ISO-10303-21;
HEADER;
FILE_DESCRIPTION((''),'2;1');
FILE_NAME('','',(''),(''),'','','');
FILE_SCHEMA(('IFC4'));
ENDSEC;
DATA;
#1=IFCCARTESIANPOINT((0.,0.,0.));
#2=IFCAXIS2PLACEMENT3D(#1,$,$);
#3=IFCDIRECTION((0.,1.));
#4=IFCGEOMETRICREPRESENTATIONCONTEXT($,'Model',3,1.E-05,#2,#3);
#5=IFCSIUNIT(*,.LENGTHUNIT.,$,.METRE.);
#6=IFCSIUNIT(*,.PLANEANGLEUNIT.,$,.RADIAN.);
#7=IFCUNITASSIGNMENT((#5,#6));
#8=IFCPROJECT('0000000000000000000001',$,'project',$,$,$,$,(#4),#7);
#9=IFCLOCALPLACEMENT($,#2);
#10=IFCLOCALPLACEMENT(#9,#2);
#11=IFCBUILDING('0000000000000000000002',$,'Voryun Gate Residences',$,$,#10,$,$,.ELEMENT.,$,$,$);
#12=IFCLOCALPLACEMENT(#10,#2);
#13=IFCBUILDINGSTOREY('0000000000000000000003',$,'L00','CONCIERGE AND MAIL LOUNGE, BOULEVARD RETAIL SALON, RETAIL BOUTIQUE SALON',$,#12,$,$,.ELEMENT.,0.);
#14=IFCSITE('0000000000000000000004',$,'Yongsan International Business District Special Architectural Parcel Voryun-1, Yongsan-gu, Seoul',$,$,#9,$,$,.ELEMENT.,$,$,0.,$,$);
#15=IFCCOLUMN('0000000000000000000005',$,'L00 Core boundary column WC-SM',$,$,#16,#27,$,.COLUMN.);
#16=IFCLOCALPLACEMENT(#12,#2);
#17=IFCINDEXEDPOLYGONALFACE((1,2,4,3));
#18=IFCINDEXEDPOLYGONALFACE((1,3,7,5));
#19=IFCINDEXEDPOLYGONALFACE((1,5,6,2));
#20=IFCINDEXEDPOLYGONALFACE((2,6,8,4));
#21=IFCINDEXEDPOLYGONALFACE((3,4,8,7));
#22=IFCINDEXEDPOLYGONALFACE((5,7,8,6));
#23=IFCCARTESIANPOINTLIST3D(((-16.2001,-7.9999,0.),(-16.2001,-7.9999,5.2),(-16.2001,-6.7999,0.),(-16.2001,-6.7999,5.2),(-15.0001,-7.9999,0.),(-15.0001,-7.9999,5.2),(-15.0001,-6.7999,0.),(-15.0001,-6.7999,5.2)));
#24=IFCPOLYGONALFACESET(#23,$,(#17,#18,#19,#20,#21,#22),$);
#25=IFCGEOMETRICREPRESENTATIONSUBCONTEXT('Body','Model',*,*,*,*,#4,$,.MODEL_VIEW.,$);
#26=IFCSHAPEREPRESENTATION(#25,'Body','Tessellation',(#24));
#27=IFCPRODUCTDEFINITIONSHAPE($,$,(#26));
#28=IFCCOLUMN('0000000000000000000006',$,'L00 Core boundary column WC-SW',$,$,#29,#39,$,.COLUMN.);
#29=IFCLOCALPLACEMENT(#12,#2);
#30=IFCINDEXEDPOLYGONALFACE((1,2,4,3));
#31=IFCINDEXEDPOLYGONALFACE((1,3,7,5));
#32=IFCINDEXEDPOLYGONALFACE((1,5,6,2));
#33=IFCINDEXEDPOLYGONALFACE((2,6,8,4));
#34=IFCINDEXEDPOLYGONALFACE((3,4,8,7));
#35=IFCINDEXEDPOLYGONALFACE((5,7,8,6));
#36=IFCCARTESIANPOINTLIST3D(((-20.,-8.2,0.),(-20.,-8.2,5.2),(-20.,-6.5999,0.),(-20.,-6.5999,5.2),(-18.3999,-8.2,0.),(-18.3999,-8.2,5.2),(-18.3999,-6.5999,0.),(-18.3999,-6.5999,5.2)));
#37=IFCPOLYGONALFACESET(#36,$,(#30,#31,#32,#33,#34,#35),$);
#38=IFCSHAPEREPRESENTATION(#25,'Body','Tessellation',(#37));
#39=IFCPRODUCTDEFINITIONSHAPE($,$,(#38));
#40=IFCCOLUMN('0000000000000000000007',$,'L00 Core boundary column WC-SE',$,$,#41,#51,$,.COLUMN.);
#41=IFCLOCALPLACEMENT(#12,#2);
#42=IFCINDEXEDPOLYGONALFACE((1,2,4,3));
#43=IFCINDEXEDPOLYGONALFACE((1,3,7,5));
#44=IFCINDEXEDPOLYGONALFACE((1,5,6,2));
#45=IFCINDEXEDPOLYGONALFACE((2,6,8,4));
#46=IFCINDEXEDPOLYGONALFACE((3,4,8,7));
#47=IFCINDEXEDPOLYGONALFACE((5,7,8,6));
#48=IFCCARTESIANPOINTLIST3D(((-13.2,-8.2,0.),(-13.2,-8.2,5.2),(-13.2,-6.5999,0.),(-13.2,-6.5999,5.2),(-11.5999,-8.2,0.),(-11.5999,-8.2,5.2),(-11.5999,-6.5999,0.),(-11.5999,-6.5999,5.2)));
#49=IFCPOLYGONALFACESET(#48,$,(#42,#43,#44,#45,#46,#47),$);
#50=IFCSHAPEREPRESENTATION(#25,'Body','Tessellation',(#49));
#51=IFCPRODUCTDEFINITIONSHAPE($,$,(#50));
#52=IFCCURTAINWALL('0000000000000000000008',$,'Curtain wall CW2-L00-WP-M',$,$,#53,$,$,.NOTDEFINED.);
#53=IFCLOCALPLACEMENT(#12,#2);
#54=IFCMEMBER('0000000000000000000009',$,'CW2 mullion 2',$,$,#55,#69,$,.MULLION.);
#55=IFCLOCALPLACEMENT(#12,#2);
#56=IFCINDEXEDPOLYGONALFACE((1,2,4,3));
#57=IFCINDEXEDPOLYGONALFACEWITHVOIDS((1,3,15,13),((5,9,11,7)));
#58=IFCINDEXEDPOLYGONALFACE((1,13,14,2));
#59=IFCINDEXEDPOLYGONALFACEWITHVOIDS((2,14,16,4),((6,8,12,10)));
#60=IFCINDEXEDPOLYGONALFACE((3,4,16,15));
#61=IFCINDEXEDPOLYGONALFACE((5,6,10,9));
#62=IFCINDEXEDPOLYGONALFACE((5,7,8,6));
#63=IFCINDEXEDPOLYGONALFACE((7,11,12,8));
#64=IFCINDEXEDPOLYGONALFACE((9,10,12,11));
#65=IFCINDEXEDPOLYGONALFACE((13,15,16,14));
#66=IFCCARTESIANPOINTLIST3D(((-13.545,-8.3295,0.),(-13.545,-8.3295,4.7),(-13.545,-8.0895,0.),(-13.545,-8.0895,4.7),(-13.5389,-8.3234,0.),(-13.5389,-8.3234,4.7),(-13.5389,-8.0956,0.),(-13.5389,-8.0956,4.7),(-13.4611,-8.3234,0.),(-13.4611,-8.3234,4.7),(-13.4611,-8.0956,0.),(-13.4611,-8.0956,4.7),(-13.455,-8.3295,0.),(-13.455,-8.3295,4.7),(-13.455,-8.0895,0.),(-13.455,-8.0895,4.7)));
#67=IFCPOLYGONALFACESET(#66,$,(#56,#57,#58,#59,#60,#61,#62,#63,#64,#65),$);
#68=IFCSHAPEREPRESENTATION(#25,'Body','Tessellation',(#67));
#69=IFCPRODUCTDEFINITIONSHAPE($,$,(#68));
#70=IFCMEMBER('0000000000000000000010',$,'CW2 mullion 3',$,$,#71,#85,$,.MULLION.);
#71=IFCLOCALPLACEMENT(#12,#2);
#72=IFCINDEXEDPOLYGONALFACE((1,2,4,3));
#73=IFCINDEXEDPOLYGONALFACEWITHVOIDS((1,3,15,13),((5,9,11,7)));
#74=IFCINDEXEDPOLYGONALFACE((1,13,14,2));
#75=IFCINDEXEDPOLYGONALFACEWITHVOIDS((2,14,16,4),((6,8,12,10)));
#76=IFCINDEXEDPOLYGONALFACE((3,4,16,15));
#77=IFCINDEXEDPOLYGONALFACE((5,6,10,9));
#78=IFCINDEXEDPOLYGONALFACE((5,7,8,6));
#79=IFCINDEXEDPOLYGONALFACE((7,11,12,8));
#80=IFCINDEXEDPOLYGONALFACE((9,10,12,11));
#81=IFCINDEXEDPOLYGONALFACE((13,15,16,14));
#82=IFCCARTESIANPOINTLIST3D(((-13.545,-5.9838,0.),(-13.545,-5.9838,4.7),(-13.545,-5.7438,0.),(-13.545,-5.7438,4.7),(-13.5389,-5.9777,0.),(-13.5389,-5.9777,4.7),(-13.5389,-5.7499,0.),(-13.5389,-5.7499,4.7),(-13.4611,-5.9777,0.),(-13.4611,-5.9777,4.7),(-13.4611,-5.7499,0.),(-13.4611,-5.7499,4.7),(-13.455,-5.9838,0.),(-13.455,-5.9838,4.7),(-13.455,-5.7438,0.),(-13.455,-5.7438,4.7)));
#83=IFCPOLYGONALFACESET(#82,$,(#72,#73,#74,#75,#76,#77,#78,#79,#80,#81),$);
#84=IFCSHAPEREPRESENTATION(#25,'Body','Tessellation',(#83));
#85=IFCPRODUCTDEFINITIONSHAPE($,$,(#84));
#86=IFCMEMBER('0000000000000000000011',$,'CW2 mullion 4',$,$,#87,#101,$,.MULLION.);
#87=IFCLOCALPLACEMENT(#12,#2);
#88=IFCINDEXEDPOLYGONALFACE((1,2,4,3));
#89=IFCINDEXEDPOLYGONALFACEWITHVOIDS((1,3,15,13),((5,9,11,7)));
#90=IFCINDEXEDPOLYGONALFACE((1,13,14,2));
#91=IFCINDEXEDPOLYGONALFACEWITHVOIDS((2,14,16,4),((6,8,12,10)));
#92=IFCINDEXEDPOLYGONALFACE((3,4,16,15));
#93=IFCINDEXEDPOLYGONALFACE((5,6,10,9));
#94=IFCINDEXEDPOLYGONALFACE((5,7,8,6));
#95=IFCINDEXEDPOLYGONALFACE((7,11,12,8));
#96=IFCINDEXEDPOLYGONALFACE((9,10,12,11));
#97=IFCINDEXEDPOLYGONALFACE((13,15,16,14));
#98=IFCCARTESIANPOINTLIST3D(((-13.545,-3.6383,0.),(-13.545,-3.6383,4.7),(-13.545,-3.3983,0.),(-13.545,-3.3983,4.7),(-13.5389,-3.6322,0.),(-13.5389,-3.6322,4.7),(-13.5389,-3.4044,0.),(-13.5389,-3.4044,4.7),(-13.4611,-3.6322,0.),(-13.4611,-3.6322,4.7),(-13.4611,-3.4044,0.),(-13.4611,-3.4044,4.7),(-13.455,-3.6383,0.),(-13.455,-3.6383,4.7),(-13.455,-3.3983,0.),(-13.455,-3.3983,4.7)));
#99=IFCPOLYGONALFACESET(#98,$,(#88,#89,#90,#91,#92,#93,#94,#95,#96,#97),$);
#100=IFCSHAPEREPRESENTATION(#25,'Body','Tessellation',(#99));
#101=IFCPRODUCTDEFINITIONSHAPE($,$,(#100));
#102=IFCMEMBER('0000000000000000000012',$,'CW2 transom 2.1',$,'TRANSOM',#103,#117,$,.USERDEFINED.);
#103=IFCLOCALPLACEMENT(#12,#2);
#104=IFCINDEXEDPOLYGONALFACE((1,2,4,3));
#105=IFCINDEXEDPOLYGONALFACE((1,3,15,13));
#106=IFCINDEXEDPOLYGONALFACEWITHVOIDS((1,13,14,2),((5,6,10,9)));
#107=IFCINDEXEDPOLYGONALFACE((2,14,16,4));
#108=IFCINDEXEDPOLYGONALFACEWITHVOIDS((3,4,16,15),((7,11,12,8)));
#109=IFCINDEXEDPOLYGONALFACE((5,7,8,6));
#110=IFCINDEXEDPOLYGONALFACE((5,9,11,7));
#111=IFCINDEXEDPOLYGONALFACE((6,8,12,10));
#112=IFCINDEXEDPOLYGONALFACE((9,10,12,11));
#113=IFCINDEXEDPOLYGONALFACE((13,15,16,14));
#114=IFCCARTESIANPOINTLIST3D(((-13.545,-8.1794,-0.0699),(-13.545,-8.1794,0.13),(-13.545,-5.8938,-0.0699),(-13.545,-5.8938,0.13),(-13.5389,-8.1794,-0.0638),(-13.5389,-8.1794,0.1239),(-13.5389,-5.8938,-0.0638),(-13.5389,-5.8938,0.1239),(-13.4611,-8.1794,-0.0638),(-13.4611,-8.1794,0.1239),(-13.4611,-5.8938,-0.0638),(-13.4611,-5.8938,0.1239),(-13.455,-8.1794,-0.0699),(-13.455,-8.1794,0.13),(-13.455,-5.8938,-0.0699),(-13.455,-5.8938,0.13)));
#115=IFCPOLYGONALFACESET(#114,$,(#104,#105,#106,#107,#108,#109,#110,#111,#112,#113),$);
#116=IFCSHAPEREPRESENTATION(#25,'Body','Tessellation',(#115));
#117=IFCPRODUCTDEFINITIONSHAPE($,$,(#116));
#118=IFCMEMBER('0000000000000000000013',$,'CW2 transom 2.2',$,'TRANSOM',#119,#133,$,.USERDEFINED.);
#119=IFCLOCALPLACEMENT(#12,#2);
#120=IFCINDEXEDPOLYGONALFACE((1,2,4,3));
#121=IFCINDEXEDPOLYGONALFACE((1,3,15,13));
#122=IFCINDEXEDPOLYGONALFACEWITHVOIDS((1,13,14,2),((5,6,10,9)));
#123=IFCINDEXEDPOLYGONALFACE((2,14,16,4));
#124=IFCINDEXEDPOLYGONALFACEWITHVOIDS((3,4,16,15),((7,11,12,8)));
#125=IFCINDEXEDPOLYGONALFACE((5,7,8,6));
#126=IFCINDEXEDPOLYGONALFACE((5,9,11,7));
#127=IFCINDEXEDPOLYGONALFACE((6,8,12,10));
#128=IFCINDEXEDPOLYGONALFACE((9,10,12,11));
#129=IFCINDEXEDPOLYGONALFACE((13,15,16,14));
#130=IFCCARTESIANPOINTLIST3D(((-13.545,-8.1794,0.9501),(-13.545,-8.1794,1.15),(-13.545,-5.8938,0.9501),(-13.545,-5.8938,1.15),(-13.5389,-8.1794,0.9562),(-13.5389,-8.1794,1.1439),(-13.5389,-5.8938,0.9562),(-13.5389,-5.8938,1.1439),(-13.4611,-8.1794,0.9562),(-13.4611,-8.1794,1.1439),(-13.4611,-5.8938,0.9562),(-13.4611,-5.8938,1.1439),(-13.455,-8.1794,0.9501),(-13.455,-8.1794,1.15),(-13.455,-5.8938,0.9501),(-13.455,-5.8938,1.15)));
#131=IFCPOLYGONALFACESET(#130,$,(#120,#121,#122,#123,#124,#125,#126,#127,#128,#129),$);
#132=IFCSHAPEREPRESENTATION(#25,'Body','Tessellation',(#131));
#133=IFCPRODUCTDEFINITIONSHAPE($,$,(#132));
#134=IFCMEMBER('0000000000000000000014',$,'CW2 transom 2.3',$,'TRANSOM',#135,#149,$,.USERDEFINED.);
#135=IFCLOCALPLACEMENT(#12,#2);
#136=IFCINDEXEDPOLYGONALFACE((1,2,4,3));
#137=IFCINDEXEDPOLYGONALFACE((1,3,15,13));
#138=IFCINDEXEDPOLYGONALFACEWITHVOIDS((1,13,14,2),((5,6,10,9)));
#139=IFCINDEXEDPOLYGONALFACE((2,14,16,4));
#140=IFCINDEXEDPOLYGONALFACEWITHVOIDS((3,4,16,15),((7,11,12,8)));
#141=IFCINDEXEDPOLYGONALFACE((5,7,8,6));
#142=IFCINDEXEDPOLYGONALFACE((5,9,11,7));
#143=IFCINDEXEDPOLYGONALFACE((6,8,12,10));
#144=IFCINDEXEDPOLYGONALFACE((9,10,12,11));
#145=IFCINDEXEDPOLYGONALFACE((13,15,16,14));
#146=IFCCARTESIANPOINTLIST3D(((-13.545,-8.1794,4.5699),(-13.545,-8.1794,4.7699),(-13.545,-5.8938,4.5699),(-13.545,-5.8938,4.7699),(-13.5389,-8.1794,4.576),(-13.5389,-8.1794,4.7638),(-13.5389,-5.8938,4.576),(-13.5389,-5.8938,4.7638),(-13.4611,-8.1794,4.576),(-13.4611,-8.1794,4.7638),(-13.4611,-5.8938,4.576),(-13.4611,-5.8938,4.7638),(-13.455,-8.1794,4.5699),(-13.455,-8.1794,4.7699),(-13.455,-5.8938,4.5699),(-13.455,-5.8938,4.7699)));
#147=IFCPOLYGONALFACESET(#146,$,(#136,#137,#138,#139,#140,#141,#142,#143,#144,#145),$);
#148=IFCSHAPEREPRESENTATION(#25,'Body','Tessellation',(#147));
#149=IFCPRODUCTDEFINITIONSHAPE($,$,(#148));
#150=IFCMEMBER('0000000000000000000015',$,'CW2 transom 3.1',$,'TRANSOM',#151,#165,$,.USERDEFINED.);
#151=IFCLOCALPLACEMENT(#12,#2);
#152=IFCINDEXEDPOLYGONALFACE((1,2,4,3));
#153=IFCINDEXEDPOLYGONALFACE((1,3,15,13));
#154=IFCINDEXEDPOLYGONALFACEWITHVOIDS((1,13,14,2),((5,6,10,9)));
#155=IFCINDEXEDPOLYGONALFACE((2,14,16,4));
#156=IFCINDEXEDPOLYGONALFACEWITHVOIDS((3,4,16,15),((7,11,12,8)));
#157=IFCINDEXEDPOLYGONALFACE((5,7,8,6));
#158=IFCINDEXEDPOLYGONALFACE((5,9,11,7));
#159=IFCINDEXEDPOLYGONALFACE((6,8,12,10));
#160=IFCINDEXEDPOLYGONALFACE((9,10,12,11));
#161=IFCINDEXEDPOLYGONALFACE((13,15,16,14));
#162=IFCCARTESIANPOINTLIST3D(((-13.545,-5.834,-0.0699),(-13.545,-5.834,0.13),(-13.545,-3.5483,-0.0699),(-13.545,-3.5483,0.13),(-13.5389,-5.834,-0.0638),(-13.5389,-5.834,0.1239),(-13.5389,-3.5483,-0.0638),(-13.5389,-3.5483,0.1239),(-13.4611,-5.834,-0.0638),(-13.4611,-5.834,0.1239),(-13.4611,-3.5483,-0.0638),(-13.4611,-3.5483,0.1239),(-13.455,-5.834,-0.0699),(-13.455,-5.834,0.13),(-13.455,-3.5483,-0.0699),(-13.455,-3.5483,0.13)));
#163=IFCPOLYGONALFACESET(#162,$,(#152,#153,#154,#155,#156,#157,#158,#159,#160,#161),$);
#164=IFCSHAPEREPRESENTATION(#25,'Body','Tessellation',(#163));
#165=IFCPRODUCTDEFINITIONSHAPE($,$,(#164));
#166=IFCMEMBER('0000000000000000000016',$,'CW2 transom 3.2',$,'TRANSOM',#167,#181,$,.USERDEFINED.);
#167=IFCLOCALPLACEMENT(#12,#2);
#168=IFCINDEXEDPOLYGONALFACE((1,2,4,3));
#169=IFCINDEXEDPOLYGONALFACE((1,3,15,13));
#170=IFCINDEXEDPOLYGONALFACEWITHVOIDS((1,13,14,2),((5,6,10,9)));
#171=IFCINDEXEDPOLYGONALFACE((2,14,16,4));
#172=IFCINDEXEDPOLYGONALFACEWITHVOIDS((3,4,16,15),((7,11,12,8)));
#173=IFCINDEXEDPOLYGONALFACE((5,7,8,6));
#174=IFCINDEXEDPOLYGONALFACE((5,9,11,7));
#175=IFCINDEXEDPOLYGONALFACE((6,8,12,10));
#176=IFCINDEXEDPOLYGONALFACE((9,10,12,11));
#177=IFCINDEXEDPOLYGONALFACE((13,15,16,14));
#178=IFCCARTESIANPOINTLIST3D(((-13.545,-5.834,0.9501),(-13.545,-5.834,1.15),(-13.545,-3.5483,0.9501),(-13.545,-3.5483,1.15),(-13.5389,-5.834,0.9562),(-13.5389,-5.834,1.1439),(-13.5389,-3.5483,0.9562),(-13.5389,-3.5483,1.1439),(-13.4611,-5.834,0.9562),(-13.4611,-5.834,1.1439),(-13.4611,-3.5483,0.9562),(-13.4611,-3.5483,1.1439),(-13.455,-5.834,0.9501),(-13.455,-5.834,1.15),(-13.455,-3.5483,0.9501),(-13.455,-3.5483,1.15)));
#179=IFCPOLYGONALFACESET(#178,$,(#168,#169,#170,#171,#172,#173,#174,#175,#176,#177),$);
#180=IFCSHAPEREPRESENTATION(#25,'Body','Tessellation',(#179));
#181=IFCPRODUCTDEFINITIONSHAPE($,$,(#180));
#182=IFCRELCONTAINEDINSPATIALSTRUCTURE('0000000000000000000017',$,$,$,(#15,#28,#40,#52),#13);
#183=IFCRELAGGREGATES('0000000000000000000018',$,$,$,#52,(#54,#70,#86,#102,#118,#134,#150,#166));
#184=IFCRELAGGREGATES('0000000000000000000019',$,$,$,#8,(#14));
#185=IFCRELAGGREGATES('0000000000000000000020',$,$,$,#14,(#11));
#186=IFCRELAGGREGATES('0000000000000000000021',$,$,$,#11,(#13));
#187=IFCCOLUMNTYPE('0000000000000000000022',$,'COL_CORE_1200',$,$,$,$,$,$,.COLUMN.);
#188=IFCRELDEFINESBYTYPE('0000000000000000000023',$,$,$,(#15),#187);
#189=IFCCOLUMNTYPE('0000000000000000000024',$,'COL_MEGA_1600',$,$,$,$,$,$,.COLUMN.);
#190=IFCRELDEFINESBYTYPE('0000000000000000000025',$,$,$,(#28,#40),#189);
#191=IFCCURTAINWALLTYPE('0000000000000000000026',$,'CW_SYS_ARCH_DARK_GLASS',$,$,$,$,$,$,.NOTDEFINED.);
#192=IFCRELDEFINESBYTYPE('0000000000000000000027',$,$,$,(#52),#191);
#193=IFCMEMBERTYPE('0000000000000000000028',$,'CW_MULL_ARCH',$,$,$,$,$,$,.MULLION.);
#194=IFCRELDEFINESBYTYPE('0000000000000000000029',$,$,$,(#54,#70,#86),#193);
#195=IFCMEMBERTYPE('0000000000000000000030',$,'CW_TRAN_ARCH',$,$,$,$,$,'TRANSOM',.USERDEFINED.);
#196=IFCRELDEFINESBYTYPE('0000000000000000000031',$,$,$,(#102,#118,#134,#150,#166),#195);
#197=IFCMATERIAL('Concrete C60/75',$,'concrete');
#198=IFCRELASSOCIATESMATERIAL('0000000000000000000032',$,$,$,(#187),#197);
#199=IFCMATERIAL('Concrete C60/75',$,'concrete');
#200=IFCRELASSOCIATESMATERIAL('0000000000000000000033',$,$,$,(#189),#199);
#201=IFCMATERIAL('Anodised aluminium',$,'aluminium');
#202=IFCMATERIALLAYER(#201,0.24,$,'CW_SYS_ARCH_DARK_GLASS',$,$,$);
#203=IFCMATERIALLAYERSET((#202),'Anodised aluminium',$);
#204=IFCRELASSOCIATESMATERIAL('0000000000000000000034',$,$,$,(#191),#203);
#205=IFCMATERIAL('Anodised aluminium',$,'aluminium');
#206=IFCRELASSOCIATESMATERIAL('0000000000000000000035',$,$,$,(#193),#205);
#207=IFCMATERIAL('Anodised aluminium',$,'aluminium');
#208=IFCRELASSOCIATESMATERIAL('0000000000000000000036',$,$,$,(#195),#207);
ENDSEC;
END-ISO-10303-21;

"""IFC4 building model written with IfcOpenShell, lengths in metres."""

from ifc_helpers import new_model, si_unit, direction, frame, origin, origin_2d, place, context, subcontext, project, spatial, rectangle, hollow_rectangle, extrude, material, layer, layer_set, material_profile, profile_set, type_object, element, aggregate, save


model = new_model("IFC4")

# Units and contexts
model_context = context("Model", 3, precision=1e-05, world=origin(), true_north=direction((0.0, 1.0)))
body_context = subcontext(model_context, "Body", "Model", "MODEL_VIEW")
ifc_project = project(units=[si_unit("LENGTHUNIT", "METRE"), si_unit("PLANEANGLEUNIT", "RADIAN")], contexts=[model_context])

# Site, building, storey
site_placement = place(None, origin())
site = spatial("IfcSite", under=ifc_project, at=site_placement, Name="Yongsan International Business District Special Architectural Parcel Voryun-1, Yongsan-gu, Seoul", CompositionType="ELEMENT", RefElevation=0.0)
building_placement = place(site_placement, origin())
building = spatial("IfcBuilding", under=site, at=building_placement, Name="Voryun Gate Residences", CompositionType="ELEMENT")
storey_placement = place(building_placement, origin())
storey = spatial("IfcBuildingStorey", under=building, at=storey_placement, Name="L00", Description="CONCIERGE AND MAIL LOUNGE, BOULEVARD RETAIL SALON, RETAIL BOUTIQUE SALON", CompositionType="ELEMENT", Elevation=0.0)

# Columns
ifc_material_1 = material(Name="Concrete C60/75", Category="concrete")
ifc_material_profile_1 = material_profile(ifc_material_1, rectangle(XDim=1.2, YDim=1.2, at=origin_2d()), Name="RC-1200x1200")
ifc_profile_set_1 = profile_set([ifc_material_profile_1], Name="Concrete C60/75")
column_type_1 = type_object("IfcColumnType", Name="COL_CORE_1200", PredefinedType="COLUMN", material=ifc_profile_set_1)
column_placement = place(storey_placement, frame((-15.6001, -7.3999, 0.0), z_axis=(0.0, 0.0, 1.0), x_axis=(1.0, 0.0, 0.0)))
element("IfcColumn", 1, at=column_placement, inside=storey, type_object=column_type_1, Name="L00 Core boundary column WC-SM", PredefinedType="COLUMN", context=body_context, shape_type="SweptSolid", body=[
    extrude(rectangle(XDim=1.2, YDim=1.2, at=origin_2d()), origin(), (0.0, 0.0, 1.0), 5.2),
])
ifc_material_2 = material(Name="Concrete C60/75", Category="concrete")
ifc_material_profile_2 = material_profile(ifc_material_2, rectangle(XDim=1.6001, YDim=1.6001, at=origin_2d()), Name="RC-1600x1600")
ifc_profile_set_2 = profile_set([ifc_material_profile_2], Name="Concrete C60/75")
column_type_2 = type_object("IfcColumnType", Name="COL_MEGA_1600", PredefinedType="COLUMN", material=ifc_profile_set_2)
for number, where, z_axis, x_axis, name in (
    (2, (-19.2, -7.3999, 0.0), (0.0, 0.0, 1.0), (1.0, 0.0, 0.0), "L00 Core boundary column WC-SW"),
    (3, (-12.3999, -7.3999, 0.0), (0.0, 0.0, 1.0), (1.0, 0.0, 0.0), "L00 Core boundary column WC-SE"),
):
    element("IfcColumn", number, at=place(storey_placement, frame(where, z_axis=z_axis, x_axis=x_axis)), inside=storey, type_object=column_type_2, Name=name, PredefinedType="COLUMN", context=body_context, shape_type="SweptSolid", body=[
        extrude(rectangle(XDim=1.6001, YDim=1.6001, at=origin_2d()), origin(), (0.0, 0.0, 1.0), 5.2),
    ])

# Curtain wall, members
ifc_material_3 = material(Name="Anodised aluminium", Category="aluminium")
ifc_layer_1 = layer(ifc_material_3, 0.24, Name="CW_SYS_ARCH_DARK_GLASS")
ifc_layer_set_1 = layer_set([ifc_layer_1], Name="Anodised aluminium")
curtain_wall_type = type_object("IfcCurtainWallType", Name="CW_SYS_ARCH_DARK_GLASS", PredefinedType="NOTDEFINED", material=ifc_layer_set_1)
curtain_wall_placement = place(storey_placement, origin())
curtain_wall = element("IfcCurtainWall", 4, at=curtain_wall_placement, inside=storey, type_object=curtain_wall_type, Name="Curtain wall CW2-L00-WP-M", PredefinedType="NOTDEFINED")
ifc_material_4 = material(Name="Anodised aluminium", Category="aluminium")
ifc_material_profile_3 = material_profile(ifc_material_4, hollow_rectangle(XDim=0.0901, YDim=0.24, WallThickness=0.0061, at=origin_2d()), Name="ALU-MULL-240x90x6")
ifc_profile_set_3 = profile_set([ifc_material_profile_3], Name="Anodised aluminium")
member_type_1 = type_object("IfcMemberType", Name="CW_MULL_ARCH", PredefinedType="MULLION", material=ifc_profile_set_3)
member_1_placement = place(storey_placement, frame((-13.5, -8.2095, 0.0), z_axis=(0.0, 0.0, 1.0), x_axis=(-1.0, 0.0, 0.0)))
member_1 = element("IfcMember", 5, at=member_1_placement, type_object=member_type_1, Name="CW2 mullion 2", PredefinedType="MULLION", context=body_context, shape_type="SweptSolid", body=[
    extrude(hollow_rectangle(XDim=0.0901, YDim=0.24, WallThickness=0.0061, at=origin_2d()), origin(), (0.0, 0.0, 1.0), 4.7),
])
member_2_placement = place(storey_placement, frame((-13.5, -5.8638, 0.0), z_axis=(0.0, 0.0, 1.0), x_axis=(-1.0, 0.0, 0.0)))
member_2 = element("IfcMember", 6, at=member_2_placement, type_object=member_type_1, Name="CW2 mullion 3", PredefinedType="MULLION", context=body_context, shape_type="SweptSolid", body=[
    extrude(hollow_rectangle(XDim=0.0901, YDim=0.24, WallThickness=0.0061, at=origin_2d()), origin(), (0.0, 0.0, 1.0), 4.7),
])
member_3_placement = place(storey_placement, frame((-13.5, -3.5183, 0.0), z_axis=(0.0, 0.0, 1.0), x_axis=(-1.0, 0.0, 0.0)))
member_3 = element("IfcMember", 7, at=member_3_placement, type_object=member_type_1, Name="CW2 mullion 4", PredefinedType="MULLION", context=body_context, shape_type="SweptSolid", body=[
    extrude(hollow_rectangle(XDim=0.0901, YDim=0.24, WallThickness=0.0061, at=origin_2d()), origin(), (0.0, 0.0, 1.0), 4.7),
])
ifc_material_5 = material(Name="Anodised aluminium", Category="aluminium")
ifc_material_profile_4 = material_profile(ifc_material_5, hollow_rectangle(XDim=0.0901, YDim=0.2, WallThickness=0.0061, at=origin_2d()), Name="ALU-TRAN-200x90x6")
ifc_profile_set_4 = profile_set([ifc_material_profile_4], Name="Anodised aluminium")
member_type_2 = type_object("IfcMemberType", Name="CW_TRAN_ARCH", ElementType="TRANSOM", PredefinedType="USERDEFINED", material=ifc_profile_set_4)
member_4_placement = place(storey_placement, frame((-13.5, -8.1794, 0.03), z_axis=(0.0, 1.0, 0.0), x_axis=(-1.0, 0.0, 0.0)))
member_4 = element("IfcMember", 8, at=member_4_placement, type_object=member_type_2, Name="CW2 transom 2.1", ObjectType="TRANSOM", PredefinedType="USERDEFINED", context=body_context, shape_type="SweptSolid", body=[
    extrude(hollow_rectangle(XDim=0.0901, YDim=0.2, WallThickness=0.0061, at=origin_2d()), origin(), (0.0, 0.0, 1.0), 2.2856),
])
member_5_placement = place(storey_placement, frame((-13.5, -8.1794, 1.05), z_axis=(0.0, 1.0, 0.0), x_axis=(-1.0, 0.0, 0.0)))
member_5 = element("IfcMember", 9, at=member_5_placement, type_object=member_type_2, Name="CW2 transom 2.2", ObjectType="TRANSOM", PredefinedType="USERDEFINED", context=body_context, shape_type="SweptSolid", body=[
    extrude(hollow_rectangle(XDim=0.0901, YDim=0.2, WallThickness=0.0061, at=origin_2d()), origin(), (0.0, 0.0, 1.0), 2.2856),
])
member_6_placement = place(storey_placement, frame((-13.5, -8.1794, 4.6699), z_axis=(0.0, 1.0, 0.0), x_axis=(-1.0, 0.0, 0.0)))
member_6 = element("IfcMember", 10, at=member_6_placement, type_object=member_type_2, Name="CW2 transom 2.3", ObjectType="TRANSOM", PredefinedType="USERDEFINED", context=body_context, shape_type="SweptSolid", body=[
    extrude(hollow_rectangle(XDim=0.0901, YDim=0.2, WallThickness=0.0061, at=origin_2d()), origin(), (0.0, 0.0, 1.0), 2.2856),
])
member_7_placement = place(storey_placement, frame((-13.5, -5.834, 0.03), z_axis=(0.0, 1.0, 0.0), x_axis=(-1.0, 0.0, 0.0)))
member_7 = element("IfcMember", 11, at=member_7_placement, type_object=member_type_2, Name="CW2 transom 3.1", ObjectType="TRANSOM", PredefinedType="USERDEFINED", context=body_context, shape_type="SweptSolid", body=[
    extrude(hollow_rectangle(XDim=0.0901, YDim=0.2, WallThickness=0.0061, at=origin_2d()), origin(), (0.0, 0.0, 1.0), 2.2856),
])
member_8_placement = place(storey_placement, frame((-13.5, -5.834, 1.05), z_axis=(0.0, 1.0, 0.0), x_axis=(-1.0, 0.0, 0.0)))
member_8 = element("IfcMember", 12, at=member_8_placement, type_object=member_type_2, Name="CW2 transom 3.2", ObjectType="TRANSOM", PredefinedType="USERDEFINED", context=body_context, shape_type="SweptSolid", body=[
    extrude(hollow_rectangle(XDim=0.0901, YDim=0.2, WallThickness=0.0061, at=origin_2d()), origin(), (0.0, 0.0, 1.0), 2.2856),
])
aggregate(curtain_wall, [member_1, member_2, member_3, member_4, member_5, member_6, member_7, member_8])

save(model, "model.ifc")
